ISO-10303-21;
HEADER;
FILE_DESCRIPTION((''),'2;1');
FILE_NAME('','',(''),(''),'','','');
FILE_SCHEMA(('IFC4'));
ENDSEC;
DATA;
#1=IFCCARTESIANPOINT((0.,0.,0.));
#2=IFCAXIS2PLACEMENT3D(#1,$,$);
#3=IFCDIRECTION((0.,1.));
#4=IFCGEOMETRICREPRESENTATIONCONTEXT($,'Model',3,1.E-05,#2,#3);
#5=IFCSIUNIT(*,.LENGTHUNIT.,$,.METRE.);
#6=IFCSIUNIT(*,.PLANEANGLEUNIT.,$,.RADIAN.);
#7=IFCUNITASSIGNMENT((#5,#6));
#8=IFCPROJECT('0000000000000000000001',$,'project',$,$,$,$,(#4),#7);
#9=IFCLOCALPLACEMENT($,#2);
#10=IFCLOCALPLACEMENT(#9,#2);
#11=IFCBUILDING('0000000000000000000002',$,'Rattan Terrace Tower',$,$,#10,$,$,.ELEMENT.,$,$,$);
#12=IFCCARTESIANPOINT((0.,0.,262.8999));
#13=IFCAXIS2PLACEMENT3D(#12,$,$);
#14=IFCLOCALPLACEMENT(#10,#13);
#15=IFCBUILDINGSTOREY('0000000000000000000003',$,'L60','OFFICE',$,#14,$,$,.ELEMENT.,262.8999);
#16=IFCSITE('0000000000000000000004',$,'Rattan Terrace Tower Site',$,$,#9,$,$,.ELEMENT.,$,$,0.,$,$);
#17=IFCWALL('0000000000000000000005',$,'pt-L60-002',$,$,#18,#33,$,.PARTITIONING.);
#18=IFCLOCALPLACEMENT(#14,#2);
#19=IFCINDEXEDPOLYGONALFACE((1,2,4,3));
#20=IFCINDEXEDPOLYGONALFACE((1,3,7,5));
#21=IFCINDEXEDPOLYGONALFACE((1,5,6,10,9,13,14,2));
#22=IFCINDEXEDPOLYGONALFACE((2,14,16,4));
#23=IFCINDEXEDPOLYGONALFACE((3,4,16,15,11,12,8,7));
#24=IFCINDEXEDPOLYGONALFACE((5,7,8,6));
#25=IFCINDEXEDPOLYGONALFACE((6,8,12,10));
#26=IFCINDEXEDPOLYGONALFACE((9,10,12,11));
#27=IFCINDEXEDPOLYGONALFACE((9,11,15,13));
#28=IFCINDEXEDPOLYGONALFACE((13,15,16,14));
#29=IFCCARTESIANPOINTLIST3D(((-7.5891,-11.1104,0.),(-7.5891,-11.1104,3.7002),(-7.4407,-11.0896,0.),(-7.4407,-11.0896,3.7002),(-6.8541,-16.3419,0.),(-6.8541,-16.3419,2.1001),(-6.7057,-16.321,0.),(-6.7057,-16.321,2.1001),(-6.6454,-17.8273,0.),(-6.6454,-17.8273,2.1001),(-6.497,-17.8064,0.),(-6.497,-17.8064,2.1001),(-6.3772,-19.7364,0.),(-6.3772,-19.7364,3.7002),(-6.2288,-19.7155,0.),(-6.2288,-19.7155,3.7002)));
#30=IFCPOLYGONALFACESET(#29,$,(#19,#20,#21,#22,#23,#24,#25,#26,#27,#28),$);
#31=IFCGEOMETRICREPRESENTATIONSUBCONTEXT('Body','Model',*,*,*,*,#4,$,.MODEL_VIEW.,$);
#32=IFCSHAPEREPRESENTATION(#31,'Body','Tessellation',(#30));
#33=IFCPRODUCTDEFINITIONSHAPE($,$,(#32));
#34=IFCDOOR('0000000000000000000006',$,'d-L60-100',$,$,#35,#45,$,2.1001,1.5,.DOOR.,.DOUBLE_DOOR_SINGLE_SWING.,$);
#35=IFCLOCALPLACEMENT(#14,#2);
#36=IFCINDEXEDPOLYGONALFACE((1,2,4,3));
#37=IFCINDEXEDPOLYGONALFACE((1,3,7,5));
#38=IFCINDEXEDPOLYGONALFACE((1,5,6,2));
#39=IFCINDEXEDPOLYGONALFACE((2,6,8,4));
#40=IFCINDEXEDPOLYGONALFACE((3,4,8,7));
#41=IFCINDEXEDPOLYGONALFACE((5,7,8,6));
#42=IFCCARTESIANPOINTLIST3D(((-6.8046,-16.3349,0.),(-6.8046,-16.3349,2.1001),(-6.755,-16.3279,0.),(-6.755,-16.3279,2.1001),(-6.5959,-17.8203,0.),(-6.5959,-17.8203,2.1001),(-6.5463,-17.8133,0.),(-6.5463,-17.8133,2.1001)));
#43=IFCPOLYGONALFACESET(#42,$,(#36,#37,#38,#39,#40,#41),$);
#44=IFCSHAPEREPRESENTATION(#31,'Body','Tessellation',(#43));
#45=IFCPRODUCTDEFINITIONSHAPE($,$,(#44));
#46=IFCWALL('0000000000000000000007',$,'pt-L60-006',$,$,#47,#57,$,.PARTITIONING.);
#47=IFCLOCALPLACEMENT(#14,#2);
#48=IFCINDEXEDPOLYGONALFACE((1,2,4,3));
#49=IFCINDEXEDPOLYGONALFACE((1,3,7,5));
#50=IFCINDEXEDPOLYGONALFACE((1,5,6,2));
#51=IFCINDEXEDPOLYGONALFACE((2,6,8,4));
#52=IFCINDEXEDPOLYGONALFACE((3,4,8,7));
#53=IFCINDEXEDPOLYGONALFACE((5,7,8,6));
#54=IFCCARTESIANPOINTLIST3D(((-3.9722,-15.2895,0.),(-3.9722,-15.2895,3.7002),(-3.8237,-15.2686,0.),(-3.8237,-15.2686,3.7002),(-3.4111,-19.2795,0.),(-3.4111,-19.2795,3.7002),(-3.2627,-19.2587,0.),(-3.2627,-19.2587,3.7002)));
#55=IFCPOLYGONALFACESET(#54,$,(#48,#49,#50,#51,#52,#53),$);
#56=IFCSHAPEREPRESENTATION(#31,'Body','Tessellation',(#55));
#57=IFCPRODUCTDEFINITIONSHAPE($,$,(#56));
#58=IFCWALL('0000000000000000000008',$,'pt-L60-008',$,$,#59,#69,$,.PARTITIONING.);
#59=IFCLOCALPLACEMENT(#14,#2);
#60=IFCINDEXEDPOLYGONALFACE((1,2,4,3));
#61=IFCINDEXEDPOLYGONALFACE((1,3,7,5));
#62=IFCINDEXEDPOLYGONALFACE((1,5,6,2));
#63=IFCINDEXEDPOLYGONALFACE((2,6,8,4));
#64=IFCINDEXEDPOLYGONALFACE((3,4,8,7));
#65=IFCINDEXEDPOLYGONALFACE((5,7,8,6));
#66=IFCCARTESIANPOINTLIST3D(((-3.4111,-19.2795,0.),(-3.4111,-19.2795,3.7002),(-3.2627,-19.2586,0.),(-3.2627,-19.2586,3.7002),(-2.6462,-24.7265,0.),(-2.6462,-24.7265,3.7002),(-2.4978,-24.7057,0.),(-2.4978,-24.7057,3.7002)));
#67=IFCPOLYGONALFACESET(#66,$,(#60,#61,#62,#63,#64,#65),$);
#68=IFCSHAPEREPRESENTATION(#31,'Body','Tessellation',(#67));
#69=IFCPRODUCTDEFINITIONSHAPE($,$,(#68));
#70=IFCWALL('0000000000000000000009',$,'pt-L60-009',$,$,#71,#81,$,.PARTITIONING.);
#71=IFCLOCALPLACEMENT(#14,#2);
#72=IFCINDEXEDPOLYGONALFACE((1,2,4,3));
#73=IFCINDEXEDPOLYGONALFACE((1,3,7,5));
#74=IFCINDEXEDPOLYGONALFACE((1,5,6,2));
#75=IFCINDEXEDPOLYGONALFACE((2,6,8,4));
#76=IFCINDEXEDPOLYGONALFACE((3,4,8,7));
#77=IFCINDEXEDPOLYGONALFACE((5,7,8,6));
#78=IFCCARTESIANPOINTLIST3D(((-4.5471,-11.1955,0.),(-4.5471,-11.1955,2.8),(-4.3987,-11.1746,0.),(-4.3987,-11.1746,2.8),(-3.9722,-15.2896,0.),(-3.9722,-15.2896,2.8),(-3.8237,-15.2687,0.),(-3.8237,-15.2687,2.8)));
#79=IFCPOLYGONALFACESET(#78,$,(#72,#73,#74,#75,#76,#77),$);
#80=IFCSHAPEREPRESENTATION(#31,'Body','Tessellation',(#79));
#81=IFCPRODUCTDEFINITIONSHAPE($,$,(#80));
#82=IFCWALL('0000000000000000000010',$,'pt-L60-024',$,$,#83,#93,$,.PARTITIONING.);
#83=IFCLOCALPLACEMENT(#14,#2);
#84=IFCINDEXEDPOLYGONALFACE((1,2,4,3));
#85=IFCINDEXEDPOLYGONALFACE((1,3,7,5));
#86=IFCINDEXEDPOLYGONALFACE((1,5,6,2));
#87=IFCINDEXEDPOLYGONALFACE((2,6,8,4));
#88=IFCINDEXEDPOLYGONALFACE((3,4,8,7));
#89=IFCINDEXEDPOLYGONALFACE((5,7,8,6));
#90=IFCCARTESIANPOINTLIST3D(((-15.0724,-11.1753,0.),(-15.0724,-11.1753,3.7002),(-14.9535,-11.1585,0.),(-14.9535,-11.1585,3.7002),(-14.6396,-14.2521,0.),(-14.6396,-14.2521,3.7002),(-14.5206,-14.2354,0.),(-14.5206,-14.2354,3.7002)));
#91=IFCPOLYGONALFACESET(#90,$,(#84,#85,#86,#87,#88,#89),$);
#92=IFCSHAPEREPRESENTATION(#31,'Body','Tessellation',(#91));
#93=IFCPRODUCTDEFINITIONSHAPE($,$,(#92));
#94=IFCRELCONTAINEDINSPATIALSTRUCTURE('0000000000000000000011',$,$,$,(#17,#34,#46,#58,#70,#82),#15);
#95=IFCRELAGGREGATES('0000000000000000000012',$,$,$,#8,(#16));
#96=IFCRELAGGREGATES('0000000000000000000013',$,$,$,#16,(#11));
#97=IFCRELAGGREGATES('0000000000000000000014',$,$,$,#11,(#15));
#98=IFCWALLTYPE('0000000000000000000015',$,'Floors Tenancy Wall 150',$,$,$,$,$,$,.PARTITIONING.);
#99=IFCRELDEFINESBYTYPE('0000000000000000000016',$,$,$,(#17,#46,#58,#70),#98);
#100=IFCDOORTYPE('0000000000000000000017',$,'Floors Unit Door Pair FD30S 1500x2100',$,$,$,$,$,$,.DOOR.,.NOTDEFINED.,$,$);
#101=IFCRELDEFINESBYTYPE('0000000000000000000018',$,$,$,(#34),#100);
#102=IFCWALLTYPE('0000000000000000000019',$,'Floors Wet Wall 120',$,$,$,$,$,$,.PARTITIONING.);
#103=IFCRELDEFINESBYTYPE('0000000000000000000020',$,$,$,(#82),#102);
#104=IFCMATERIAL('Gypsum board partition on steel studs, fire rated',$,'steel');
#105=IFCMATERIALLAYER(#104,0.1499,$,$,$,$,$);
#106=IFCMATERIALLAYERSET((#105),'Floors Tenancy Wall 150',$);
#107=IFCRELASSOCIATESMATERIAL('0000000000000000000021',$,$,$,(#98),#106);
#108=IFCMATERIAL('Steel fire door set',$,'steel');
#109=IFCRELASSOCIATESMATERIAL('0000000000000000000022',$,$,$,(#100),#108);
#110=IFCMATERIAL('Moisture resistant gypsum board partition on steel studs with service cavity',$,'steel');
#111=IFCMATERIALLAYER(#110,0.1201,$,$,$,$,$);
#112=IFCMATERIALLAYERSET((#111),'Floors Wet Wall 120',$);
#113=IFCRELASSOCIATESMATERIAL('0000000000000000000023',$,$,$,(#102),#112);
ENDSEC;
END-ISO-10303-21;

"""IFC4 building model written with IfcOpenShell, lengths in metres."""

from ifc_helpers import new_model, si_unit, direction, frame, frame_2d, origin, place, context, subcontext, project, spatial, rectangle, extrude, material, layer, layer_set, type_object, element, fill, save


model = new_model("IFC4")

# Units and contexts
model_context = context("Model", 3, precision=1e-05, world=origin(), true_north=direction((0.0, 1.0)))
body_context = subcontext(model_context, "Body", "Model", "MODEL_VIEW")
ifc_project = project(units=[si_unit("LENGTHUNIT", "METRE"), si_unit("PLANEANGLEUNIT", "RADIAN")], contexts=[model_context])

# Site, building, storey
site_placement = place(None, origin())
site = spatial("IfcSite", under=ifc_project, at=site_placement, Name="Rattan Terrace Tower Site", CompositionType="ELEMENT", RefElevation=0.0)
building_placement = place(site_placement, origin())
building = spatial("IfcBuilding", under=site, at=building_placement, Name="Rattan Terrace Tower", CompositionType="ELEMENT")
storey_placement = place(building_placement, frame((0.0, 0.0, 262.8999)))
storey = spatial("IfcBuildingStorey", under=building, at=storey_placement, Name="L60", Description="OFFICE", CompositionType="ELEMENT", Elevation=262.8999)

# Wall, opening, door
ifc_material_1 = material(Name="Gypsum board partition on steel studs, fire rated", Category="steel")
ifc_layer_1 = layer(ifc_material_1, 0.1499)
ifc_layer_set_1 = layer_set([ifc_layer_1], Name="Floors Tenancy Wall 150")
wall_type_1 = type_object("IfcWallType", Name="Floors Tenancy Wall 150", PredefinedType="PARTITIONING", material=ifc_layer_set_1)
wall_1_placement = place(storey_placement, frame((-6.303, -19.7261, 0.0), z_axis=(0.0, 0.0, 1.0), x_axis=(-0.139129, 0.990274, 0.0)))
wall_1 = element("IfcWall", 1, at=wall_1_placement, inside=storey, type_object=wall_type_1, Name="pt-L60-002", PredefinedType="PARTITIONING", context=body_context, shape_type="SweptSolid", body=[
    extrude(rectangle(XDim=8.7107, YDim=0.1499, at=frame_2d((4.3555, 0.0))), origin(), (0.0, 0.0, 1.0), 3.7002),
])
opening_1_placement = place(wall_1_placement, frame((1.928, 0.0, 0.0)))
opening_1 = element("IfcOpeningElement", 2, at=opening_1_placement, cuts=wall_1, PredefinedType="OPENING", context=body_context, shape_type="SweptSolid", body=[
    extrude(rectangle(XDim=1.5, YDim=2.1001, at=frame_2d((0.75, 1.05))), frame((0.0, 0.0854, 0.0), z_axis=(0.0, -1.0, 0.0), x_axis=(1.0, 0.0, 0.0)), (0.0, 0.0, 1.0), 0.1709),
])
ifc_material_2 = material(Name="Steel fire door set", Category="steel")
door_type_1 = type_object("IfcDoorType", Name="Floors Unit Door Pair FD30S 1500x2100", OperationType="NOTDEFINED", PredefinedType="DOOR", material=ifc_material_2)
door_1_placement = place(opening_1_placement, origin())
door_1 = element("IfcDoor", 3, at=door_1_placement, inside=storey, type_object=door_type_1, Name="d-L60-100", OperationType="DOUBLE_DOOR_SINGLE_SWING", OverallHeight=2.1001, OverallWidth=1.5, PredefinedType="DOOR", context=body_context, shape_type="SweptSolid", body=[
    extrude(rectangle(XDim=1.5, YDim=2.1001, at=frame_2d((0.75, 1.05))), frame((0.0, 0.0249, 0.0), z_axis=(0.0, -1.0, 0.0), x_axis=(1.0, 0.0, 0.0)), (0.0, 0.0, 1.0), 0.05),
])
fill(opening_1, door_1)

# Walls
wall_2_placement = place(storey_placement, frame((-3.8979, -15.2791, 0.0), z_axis=(0.0, 0.0, 1.0), x_axis=(0.139241, -0.990259, 0.0)))
element("IfcWall", 4, at=wall_2_placement, inside=storey, type_object=wall_type_1, Name="pt-L60-006", PredefinedType="PARTITIONING", context=body_context, shape_type="SweptSolid", body=[
    extrude(rectangle(XDim=4.0293, YDim=0.1499, at=frame_2d((2.0146, 0.0))), origin(), (0.0, 0.0, 1.0), 3.7002),
])
wall_3_placement = place(storey_placement, frame((-3.3369, -19.269, 0.0), z_axis=(0.0, 0.0, 1.0), x_axis=(0.13906, -0.990284, 0.0)))
element("IfcWall", 5, at=wall_3_placement, inside=storey, type_object=wall_type_1, Name="pt-L60-008", PredefinedType="PARTITIONING", context=body_context, shape_type="SweptSolid", body=[
    extrude(rectangle(XDim=5.5005, YDim=0.1499, at=frame_2d((2.7502, 0.0))), origin(), (0.0, 0.0, 1.0), 3.7002),
])
wall_4_placement = place(storey_placement, frame((-4.4729, -11.1851, 0.0), z_axis=(0.0, 0.0, 1.0), x_axis=(0.139073, -0.990282, 0.0)))
element("IfcWall", 6, at=wall_4_placement, inside=storey, type_object=wall_type_1, Name="pt-L60-009", PredefinedType="PARTITIONING", context=body_context, shape_type="SweptSolid", body=[
    extrude(rectangle(XDim=4.1343, YDim=0.1499, at=frame_2d((2.0671, 0.0))), origin(), (0.0, 0.0, 1.0), 2.8),
])
ifc_material_3 = material(Name="Moisture resistant gypsum board partition on steel studs with service cavity", Category="steel")
ifc_layer_2 = layer(ifc_material_3, 0.1201)
ifc_layer_set_2 = layer_set([ifc_layer_2], Name="Floors Wet Wall 120")
wall_type_2 = type_object("IfcWallType", Name="Floors Wet Wall 120", PredefinedType="PARTITIONING", material=ifc_layer_set_2)
wall_5_placement = place(storey_placement, frame((-14.5801, -14.2439, 0.0), z_axis=(0.0, 0.0, 1.0), x_axis=(-0.139309, 0.990249, 0.0)))
element("IfcWall", 7, at=wall_5_placement, inside=storey, type_object=wall_type_2, Name="pt-L60-024", PredefinedType="PARTITIONING", context=body_context, shape_type="SweptSolid", body=[
    extrude(rectangle(XDim=3.1072, YDim=0.1201, at=frame_2d((1.5537, 0.0))), origin(), (0.0, 0.0, 1.0), 3.7002),
])

save(model, "model.ifc")
